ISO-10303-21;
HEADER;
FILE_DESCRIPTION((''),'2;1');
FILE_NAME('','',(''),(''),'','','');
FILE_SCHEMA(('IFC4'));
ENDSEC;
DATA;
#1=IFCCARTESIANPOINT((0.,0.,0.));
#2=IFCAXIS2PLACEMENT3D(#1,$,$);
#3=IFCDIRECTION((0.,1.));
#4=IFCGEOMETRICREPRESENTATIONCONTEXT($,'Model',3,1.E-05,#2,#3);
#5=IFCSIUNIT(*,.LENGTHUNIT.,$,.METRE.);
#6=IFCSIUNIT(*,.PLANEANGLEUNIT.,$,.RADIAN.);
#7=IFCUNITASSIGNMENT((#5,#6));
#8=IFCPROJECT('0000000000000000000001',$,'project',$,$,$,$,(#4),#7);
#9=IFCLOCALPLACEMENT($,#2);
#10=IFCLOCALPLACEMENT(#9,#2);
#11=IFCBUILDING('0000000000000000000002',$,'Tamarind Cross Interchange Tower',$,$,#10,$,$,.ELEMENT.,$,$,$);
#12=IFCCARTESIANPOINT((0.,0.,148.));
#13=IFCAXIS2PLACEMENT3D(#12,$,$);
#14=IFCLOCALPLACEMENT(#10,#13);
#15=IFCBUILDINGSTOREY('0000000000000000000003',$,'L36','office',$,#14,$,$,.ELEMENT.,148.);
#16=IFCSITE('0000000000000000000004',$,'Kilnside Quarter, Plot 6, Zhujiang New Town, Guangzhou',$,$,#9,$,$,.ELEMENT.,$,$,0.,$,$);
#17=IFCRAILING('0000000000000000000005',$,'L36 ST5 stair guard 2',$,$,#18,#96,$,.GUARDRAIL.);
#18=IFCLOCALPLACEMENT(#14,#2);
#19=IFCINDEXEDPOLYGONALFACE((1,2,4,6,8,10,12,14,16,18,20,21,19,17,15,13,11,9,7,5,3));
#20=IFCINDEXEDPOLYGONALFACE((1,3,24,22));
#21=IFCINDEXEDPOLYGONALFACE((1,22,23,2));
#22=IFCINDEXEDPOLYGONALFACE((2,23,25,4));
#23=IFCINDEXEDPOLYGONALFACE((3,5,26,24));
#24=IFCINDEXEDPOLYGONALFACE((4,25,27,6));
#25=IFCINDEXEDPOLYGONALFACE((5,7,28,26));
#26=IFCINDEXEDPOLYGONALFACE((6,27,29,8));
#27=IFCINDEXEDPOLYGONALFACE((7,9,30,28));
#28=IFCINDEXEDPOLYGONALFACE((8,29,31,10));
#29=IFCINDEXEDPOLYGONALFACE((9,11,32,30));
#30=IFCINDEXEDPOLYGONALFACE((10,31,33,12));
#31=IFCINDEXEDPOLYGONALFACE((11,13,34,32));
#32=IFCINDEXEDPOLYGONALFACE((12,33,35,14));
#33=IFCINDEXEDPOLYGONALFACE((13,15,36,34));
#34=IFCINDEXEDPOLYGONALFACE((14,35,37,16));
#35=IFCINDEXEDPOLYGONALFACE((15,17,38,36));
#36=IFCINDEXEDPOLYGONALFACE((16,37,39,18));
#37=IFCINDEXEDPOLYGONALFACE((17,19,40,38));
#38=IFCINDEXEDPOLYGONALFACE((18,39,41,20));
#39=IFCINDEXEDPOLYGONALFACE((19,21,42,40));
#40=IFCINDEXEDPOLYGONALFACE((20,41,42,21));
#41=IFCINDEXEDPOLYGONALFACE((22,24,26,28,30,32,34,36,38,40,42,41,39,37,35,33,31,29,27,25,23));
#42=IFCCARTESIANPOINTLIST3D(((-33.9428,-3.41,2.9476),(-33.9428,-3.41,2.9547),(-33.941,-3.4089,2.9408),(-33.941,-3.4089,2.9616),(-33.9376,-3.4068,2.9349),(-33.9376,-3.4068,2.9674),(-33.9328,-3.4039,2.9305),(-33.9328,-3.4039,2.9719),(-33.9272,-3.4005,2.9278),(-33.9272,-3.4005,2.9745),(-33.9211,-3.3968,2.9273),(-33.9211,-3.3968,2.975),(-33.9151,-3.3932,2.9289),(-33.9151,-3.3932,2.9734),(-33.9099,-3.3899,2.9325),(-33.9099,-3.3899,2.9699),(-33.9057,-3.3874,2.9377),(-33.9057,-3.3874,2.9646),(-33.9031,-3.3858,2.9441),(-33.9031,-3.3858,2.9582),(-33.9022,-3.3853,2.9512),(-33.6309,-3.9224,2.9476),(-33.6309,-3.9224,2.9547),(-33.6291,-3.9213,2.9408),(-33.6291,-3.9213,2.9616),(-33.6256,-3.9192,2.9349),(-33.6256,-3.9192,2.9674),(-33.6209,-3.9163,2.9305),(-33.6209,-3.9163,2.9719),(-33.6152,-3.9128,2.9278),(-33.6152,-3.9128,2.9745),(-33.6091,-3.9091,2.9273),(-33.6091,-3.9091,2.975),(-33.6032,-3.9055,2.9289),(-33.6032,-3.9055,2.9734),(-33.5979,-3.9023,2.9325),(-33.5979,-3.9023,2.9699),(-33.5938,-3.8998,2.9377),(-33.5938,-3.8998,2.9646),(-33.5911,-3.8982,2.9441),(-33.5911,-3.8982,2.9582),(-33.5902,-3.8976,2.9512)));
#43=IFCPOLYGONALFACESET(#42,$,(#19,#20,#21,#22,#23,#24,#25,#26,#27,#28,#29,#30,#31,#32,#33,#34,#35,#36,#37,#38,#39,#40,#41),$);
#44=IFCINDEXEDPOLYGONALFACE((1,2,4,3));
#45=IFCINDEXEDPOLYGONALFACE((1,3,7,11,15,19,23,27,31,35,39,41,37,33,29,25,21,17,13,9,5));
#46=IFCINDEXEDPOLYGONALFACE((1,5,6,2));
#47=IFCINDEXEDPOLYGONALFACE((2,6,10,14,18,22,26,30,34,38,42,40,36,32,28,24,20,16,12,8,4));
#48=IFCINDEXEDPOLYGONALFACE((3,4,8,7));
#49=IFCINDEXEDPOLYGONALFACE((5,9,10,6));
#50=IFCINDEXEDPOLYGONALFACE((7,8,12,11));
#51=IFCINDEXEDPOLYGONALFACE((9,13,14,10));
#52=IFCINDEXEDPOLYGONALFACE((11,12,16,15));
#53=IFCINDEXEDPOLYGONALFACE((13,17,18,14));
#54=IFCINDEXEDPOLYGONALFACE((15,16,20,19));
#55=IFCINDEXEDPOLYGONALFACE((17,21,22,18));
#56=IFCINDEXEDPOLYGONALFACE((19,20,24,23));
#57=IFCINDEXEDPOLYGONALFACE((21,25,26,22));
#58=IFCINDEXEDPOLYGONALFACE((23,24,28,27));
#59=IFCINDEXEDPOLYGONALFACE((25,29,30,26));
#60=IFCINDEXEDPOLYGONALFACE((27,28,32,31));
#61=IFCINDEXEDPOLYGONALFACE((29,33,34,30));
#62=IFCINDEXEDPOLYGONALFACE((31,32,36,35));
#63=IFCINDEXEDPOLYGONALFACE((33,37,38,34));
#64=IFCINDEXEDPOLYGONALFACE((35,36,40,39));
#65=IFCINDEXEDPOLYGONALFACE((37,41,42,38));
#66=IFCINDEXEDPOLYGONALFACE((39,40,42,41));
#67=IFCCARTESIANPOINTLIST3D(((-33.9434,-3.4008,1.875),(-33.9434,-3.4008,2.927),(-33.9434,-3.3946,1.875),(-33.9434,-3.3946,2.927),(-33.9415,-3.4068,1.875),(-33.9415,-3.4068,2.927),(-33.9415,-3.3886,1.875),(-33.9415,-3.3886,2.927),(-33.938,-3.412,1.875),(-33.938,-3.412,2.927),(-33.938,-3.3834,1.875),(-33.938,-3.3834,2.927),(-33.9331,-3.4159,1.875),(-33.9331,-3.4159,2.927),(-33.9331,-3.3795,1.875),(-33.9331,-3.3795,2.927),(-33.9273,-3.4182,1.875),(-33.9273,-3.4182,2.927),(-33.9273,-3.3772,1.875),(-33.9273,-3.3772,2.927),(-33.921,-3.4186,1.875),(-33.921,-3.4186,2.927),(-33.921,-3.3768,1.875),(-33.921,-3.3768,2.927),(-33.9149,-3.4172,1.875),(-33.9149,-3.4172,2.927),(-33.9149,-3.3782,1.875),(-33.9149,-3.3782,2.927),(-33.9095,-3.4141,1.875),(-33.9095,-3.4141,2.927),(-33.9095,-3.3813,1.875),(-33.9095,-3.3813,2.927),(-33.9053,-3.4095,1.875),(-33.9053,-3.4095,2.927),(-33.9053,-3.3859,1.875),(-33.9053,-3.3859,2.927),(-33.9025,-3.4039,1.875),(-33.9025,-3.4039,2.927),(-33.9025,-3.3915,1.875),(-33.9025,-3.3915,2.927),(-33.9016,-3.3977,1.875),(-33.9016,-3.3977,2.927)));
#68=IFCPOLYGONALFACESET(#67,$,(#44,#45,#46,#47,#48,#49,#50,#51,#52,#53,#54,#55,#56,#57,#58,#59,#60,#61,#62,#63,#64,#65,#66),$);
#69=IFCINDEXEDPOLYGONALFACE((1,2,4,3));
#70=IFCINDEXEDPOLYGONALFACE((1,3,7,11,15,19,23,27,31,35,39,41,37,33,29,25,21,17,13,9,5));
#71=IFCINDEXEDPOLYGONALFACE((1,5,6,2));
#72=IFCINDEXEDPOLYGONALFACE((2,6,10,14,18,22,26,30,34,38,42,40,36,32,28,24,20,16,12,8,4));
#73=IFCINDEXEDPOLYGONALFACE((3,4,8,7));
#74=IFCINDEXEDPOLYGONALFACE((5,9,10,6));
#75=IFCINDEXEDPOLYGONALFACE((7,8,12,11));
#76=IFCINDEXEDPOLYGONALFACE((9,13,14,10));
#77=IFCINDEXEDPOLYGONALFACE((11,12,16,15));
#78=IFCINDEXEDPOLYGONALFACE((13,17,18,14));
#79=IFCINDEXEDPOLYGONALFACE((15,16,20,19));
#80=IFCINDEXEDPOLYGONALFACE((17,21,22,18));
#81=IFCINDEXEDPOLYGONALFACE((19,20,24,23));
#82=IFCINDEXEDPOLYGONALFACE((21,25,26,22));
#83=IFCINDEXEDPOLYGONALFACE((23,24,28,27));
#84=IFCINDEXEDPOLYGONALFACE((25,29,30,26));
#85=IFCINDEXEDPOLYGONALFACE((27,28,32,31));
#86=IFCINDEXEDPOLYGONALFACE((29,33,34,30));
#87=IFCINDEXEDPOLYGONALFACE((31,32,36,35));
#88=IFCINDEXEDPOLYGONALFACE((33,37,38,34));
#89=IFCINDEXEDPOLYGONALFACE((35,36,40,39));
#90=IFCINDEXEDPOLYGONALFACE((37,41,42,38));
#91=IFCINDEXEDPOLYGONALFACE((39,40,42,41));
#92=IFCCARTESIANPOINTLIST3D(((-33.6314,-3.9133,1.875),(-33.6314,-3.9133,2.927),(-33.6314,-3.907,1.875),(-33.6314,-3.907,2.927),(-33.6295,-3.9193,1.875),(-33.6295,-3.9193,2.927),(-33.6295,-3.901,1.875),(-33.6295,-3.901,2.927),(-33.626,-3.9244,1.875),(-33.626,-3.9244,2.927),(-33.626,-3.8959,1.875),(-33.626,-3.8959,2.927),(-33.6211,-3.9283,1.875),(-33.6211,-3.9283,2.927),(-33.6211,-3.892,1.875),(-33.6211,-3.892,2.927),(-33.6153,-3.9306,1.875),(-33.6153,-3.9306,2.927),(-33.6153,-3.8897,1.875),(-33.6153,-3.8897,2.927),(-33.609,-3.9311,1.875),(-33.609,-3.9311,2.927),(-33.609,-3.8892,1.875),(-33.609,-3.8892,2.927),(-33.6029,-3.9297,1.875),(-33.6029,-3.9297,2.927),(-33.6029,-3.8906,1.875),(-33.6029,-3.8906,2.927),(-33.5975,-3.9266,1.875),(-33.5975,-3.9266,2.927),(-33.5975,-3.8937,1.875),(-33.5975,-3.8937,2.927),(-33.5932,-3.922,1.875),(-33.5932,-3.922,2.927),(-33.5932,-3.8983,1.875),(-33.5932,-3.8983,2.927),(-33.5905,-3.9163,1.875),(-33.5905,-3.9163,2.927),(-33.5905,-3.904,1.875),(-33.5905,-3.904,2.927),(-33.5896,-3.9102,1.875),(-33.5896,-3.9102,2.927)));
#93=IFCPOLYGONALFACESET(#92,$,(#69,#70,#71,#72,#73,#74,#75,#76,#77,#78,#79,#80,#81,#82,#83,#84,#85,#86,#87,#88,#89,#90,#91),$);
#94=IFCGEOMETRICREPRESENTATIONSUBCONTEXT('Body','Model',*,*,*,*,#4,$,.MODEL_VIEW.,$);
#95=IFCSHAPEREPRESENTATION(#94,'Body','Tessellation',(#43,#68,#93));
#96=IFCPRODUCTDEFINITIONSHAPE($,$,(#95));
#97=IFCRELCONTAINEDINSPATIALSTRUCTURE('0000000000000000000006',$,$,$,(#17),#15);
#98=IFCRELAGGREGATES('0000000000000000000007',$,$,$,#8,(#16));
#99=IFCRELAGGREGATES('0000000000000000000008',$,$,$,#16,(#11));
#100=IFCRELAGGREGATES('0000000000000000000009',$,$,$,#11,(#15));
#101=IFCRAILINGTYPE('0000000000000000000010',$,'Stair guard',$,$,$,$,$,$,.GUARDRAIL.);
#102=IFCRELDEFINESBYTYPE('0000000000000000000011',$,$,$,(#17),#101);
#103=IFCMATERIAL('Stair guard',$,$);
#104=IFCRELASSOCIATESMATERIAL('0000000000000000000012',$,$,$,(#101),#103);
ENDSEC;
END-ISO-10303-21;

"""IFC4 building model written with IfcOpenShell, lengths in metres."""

from ifc_helpers import new_model, si_unit, direction, frame, origin, origin_2d, place, context, subcontext, project, spatial, circle, extrude, material, type_object, element, save


model = new_model("IFC4")

# Units and contexts
model_context = context("Model", 3, precision=1e-05, world=origin(), true_north=direction((0.0, 1.0)))
body_context = subcontext(model_context, "Body", "Model", "MODEL_VIEW")
ifc_project = project(units=[si_unit("LENGTHUNIT", "METRE"), si_unit("PLANEANGLEUNIT", "RADIAN")], contexts=[model_context])

# Site, building, storey
site_placement = place(None, origin())
site = spatial("IfcSite", under=ifc_project, at=site_placement, Name="Kilnside Quarter, Plot 6, Zhujiang New Town, Guangzhou", CompositionType="ELEMENT", RefElevation=0.0)
building_placement = place(site_placement, origin())
building = spatial("IfcBuilding", under=site, at=building_placement, Name="Tamarind Cross Interchange Tower", CompositionType="ELEMENT")
storey_placement = place(building_placement, frame((0.0, 0.0, 148.0)))
storey = spatial("IfcBuildingStorey", under=building, at=storey_placement, Name="L36", Description="office", CompositionType="ELEMENT", Elevation=148.0)

# Railing
ifc_material_1 = material(Name="Stair guard")
railing_type_1 = type_object("IfcRailingType", Name="Stair guard", PredefinedType="GUARDRAIL", material=ifc_material_1)
railing_1_placement = place(storey_placement, frame((-33.9226, -3.3977, 1.875)))
element("IfcRailing", 1, at=railing_1_placement, inside=storey, type_object=railing_type_1, Name="L36 ST5 stair guard 2", PredefinedType="GUARDRAIL", context=body_context, shape_type="SweptSolid", body=[
    extrude(circle(Radius=0.0239, at=origin_2d()), frame((0.0, 0.0, 1.0762), z_axis=(0.52005, -0.854136, 0.0), x_axis=(0.854136, 0.52005, 0.0)), (0.0, 0.0, 1.0), 0.5999),
    extrude(circle(Radius=0.021, at=origin_2d()), origin(), (0.0, 0.0, 1.0), 1.052),
    extrude(circle(Radius=0.021, at=origin_2d()), frame((0.312, -0.5125, 0.0)), (0.0, 0.0, 1.0), 1.052),
])

save(model, "model.ifc")
